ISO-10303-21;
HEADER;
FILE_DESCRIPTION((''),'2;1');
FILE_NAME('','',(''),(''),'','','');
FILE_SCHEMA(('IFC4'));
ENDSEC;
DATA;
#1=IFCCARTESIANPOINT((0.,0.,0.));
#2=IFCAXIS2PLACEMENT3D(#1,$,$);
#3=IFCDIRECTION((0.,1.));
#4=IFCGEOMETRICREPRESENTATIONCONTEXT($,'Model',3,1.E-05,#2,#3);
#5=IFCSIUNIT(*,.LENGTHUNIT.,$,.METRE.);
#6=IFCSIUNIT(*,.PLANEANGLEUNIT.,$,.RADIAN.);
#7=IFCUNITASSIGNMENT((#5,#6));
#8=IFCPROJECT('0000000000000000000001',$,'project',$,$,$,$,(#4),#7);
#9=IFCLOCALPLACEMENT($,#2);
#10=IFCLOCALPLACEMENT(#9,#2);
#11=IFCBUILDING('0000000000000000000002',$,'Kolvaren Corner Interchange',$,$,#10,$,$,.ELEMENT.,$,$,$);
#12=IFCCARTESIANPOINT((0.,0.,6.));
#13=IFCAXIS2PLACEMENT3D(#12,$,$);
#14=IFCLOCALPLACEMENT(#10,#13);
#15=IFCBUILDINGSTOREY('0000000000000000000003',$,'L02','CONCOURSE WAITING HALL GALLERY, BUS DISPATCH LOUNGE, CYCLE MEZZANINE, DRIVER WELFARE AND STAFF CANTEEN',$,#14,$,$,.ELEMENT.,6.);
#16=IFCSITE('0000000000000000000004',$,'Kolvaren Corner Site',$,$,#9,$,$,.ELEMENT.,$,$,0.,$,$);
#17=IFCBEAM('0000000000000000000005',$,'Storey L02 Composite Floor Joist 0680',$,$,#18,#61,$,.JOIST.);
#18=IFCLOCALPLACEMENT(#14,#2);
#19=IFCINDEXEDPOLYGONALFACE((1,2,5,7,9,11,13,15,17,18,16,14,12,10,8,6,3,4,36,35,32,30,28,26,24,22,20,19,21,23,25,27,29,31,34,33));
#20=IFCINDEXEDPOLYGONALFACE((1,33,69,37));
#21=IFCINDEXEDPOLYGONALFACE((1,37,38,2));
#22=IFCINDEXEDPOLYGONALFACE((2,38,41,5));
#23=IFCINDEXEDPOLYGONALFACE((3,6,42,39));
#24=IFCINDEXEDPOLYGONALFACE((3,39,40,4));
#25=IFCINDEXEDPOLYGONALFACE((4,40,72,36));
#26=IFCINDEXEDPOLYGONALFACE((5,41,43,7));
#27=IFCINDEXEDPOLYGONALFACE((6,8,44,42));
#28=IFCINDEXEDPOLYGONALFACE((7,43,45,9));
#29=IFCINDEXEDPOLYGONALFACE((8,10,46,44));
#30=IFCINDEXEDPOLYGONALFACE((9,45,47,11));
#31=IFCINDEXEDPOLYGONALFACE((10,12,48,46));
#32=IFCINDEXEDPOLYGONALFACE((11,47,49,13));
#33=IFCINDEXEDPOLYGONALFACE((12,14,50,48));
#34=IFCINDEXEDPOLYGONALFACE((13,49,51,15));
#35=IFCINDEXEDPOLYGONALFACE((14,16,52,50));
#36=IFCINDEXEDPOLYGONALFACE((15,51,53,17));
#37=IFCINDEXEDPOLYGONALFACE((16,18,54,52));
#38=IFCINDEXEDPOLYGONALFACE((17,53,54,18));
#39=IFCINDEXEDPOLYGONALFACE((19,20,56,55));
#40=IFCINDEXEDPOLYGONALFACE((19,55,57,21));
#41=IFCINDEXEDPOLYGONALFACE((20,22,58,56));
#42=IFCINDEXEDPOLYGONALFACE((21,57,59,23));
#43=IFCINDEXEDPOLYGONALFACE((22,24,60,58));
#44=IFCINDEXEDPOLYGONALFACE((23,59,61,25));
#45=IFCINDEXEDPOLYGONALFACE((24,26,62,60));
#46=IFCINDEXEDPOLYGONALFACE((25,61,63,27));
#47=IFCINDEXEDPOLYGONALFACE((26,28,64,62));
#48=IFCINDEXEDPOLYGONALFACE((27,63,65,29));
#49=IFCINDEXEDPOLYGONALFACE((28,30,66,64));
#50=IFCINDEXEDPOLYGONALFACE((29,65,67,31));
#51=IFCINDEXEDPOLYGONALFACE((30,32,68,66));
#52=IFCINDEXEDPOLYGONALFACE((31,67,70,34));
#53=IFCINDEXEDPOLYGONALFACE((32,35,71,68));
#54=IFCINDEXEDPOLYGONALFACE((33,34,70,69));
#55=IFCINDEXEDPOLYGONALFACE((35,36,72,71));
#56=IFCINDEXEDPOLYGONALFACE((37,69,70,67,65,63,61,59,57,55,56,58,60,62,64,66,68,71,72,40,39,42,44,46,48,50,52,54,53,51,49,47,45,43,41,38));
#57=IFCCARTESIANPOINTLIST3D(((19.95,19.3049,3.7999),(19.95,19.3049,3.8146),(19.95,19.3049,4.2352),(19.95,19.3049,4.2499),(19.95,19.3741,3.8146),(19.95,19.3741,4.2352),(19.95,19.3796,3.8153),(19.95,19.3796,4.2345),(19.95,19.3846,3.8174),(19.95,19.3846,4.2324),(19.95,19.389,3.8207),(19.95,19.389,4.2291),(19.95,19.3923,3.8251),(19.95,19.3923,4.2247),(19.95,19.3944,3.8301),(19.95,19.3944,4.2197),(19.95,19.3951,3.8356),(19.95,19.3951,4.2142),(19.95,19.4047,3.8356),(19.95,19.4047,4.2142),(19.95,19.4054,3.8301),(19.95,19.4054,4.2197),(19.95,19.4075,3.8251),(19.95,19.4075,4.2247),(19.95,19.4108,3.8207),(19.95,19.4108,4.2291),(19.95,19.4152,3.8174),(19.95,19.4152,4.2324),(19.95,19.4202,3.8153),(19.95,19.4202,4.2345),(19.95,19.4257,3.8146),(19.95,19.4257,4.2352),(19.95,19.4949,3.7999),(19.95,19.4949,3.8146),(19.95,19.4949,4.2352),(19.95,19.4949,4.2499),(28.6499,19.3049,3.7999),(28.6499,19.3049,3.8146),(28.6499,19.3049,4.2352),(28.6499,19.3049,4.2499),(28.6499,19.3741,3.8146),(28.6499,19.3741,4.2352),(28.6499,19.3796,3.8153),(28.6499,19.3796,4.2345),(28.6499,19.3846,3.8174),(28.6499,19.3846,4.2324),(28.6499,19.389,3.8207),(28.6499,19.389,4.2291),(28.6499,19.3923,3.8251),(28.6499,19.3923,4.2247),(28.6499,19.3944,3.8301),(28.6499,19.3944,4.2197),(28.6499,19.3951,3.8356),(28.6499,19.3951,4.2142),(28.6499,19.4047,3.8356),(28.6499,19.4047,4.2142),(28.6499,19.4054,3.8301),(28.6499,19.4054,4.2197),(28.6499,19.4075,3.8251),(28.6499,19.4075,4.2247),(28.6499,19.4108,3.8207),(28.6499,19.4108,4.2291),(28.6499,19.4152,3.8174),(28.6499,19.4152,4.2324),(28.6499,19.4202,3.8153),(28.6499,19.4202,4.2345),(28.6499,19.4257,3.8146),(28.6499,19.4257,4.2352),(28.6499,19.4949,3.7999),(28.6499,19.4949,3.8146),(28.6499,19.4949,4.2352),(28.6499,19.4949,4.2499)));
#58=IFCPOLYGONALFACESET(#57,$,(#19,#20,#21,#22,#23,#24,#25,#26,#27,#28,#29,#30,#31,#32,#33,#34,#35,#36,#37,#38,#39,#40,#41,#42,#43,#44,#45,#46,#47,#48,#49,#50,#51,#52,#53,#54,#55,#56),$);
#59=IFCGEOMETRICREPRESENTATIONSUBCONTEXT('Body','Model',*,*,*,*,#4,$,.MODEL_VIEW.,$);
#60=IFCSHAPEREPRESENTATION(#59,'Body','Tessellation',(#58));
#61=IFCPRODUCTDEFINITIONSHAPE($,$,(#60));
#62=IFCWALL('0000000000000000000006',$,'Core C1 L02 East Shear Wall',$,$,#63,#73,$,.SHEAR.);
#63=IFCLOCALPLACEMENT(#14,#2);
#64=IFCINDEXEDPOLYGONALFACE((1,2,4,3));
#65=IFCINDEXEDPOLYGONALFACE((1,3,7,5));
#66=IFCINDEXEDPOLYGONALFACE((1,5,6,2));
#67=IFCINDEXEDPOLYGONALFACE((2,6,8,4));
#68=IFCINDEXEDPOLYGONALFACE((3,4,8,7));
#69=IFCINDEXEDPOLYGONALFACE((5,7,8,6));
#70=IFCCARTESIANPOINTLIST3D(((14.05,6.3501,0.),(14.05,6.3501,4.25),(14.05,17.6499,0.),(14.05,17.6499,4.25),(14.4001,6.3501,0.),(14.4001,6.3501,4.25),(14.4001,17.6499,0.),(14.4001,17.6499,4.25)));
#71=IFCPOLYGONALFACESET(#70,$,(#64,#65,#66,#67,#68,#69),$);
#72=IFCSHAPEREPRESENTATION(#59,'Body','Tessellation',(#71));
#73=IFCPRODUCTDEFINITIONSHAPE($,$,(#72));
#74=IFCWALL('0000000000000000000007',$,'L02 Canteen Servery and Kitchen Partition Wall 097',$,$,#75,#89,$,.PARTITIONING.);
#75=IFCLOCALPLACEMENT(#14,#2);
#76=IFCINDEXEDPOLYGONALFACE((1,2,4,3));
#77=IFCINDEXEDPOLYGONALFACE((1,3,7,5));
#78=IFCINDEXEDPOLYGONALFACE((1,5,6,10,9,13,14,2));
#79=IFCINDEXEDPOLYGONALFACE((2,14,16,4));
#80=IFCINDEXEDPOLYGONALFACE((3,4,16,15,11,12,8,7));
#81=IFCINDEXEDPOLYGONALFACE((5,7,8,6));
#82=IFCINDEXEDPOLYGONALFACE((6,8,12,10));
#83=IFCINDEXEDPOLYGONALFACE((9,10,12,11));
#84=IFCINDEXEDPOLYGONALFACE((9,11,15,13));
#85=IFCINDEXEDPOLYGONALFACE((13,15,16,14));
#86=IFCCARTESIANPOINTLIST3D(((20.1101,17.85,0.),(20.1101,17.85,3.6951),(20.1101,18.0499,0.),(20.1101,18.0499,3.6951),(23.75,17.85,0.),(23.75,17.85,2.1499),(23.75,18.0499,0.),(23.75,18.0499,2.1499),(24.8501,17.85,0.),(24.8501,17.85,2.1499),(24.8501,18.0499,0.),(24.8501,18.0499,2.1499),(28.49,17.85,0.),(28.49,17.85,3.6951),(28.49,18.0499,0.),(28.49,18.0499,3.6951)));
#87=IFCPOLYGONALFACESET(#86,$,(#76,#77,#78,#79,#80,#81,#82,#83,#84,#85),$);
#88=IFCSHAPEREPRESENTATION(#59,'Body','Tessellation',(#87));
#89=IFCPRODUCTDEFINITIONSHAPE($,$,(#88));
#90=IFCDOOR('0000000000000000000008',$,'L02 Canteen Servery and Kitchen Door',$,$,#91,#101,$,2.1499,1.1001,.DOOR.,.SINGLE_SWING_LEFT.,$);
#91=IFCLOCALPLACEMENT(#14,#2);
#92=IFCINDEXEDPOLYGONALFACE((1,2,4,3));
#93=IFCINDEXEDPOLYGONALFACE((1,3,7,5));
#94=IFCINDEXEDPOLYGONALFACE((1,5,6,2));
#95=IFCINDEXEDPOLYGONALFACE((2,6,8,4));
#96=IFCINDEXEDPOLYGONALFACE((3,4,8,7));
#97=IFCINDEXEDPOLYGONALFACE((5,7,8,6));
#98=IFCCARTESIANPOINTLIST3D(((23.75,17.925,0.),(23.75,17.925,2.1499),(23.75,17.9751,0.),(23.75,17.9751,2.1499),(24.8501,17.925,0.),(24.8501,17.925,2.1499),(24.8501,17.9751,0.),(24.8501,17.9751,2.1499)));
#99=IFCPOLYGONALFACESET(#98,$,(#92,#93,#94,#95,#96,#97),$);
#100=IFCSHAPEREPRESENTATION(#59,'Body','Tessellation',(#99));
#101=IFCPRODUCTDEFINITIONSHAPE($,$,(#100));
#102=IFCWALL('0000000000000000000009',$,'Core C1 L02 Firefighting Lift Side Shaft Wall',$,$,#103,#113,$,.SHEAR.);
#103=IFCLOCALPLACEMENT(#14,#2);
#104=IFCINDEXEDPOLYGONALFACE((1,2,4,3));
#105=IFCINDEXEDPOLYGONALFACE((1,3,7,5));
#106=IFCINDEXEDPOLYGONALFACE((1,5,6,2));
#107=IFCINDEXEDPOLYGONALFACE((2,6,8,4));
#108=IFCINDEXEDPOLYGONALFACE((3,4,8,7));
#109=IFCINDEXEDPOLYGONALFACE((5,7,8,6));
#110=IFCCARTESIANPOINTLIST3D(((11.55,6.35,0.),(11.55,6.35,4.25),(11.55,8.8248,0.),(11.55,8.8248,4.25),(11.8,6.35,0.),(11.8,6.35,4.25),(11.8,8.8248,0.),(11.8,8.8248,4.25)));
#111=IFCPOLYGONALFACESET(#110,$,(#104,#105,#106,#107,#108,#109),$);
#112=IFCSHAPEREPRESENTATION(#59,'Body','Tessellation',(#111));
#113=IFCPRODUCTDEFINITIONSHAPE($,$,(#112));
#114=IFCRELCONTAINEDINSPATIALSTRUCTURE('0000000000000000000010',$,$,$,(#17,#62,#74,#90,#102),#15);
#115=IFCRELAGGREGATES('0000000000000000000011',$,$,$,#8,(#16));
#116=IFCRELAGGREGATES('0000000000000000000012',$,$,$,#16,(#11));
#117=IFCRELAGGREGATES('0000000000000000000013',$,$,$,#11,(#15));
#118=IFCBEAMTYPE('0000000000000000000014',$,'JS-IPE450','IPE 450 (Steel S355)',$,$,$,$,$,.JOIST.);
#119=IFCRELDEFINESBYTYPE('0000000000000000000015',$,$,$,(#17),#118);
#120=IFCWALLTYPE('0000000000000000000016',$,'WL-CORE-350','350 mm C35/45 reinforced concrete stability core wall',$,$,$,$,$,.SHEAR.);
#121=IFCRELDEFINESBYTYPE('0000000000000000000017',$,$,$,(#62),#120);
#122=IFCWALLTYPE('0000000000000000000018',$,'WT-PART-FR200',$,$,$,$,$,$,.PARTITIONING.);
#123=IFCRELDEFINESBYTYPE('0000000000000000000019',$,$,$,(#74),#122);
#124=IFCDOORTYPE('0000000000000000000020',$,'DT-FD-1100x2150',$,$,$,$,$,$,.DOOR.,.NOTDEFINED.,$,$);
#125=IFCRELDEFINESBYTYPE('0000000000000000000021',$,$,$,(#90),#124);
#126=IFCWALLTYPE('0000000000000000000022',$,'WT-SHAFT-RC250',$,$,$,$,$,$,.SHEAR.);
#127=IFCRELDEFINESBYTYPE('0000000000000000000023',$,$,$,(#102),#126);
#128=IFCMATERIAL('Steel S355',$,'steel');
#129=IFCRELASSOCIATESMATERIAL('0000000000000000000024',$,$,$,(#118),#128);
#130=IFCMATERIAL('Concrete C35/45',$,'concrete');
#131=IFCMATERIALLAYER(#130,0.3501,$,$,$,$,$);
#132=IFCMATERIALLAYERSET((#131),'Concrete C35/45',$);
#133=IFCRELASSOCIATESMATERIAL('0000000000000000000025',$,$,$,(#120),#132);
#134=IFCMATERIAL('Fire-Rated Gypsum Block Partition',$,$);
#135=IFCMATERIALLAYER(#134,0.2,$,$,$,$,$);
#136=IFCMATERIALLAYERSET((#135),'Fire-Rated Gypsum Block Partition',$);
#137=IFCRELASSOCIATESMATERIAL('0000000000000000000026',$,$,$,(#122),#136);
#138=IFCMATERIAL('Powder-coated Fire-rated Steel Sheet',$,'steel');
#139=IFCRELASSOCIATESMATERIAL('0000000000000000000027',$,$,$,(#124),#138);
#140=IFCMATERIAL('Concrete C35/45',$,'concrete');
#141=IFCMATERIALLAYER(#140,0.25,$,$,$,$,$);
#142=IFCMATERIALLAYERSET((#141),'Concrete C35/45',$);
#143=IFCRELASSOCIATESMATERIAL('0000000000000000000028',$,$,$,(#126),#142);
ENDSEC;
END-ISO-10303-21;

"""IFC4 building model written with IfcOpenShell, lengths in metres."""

from ifc_helpers import new_model, si_unit, direction, frame, frame_2d, origin, origin_2d, place, context, subcontext, project, spatial, rectangle, i_section, extrude, material, layer, layer_set, material_profile, profile_set, type_object, element, fill, save


model = new_model("IFC4")

# Units and contexts
model_context = context("Model", 3, precision=1e-05, world=origin(), true_north=direction((0.0, 1.0)))
body_context = subcontext(model_context, "Body", "Model", "MODEL_VIEW")
ifc_project = project(units=[si_unit("LENGTHUNIT", "METRE"), si_unit("PLANEANGLEUNIT", "RADIAN")], contexts=[model_context])

# Site, building, storey
site_placement = place(None, origin())
site = spatial("IfcSite", under=ifc_project, at=site_placement, Name="Kolvaren Corner Site", CompositionType="ELEMENT", RefElevation=0.0)
building_placement = place(site_placement, origin())
building = spatial("IfcBuilding", under=site, at=building_placement, Name="Kolvaren Corner Interchange", CompositionType="ELEMENT")
storey_placement = place(building_placement, frame((0.0, 0.0, 6.0)))
storey = spatial("IfcBuildingStorey", under=building, at=storey_placement, Name="L02", Description="CONCOURSE WAITING HALL GALLERY, BUS DISPATCH LOUNGE, CYCLE MEZZANINE, DRIVER WELFARE AND STAFF CANTEEN", CompositionType="ELEMENT", Elevation=6.0)

# Beam
ifc_material_1 = material(Name="Steel S355", Category="steel")
ifc_material_profile_1 = material_profile(ifc_material_1, i_section(OverallWidth=0.1899, OverallDepth=0.45, WebThickness=0.0095, FlangeThickness=0.0146, FilletRadius=0.021, at=origin_2d()), Name="IPE 450")
ifc_profile_set_1 = profile_set([ifc_material_profile_1], Name="Steel S355")
beam_type_1 = type_object("IfcBeamType", Name="JS-IPE450", Description="IPE 450 (Steel S355)", PredefinedType="JOIST", material=ifc_profile_set_1)
for number, where, z_axis, x_axis, name in (
    (1, (19.95, 19.3999, 4.0249), (1.0, 0.0, 0.0), (0.0, 1.0, 0.0), "Storey L02 Composite Floor Joist 0680"),
):
    element("IfcBeam", number, at=place(storey_placement, frame(where, z_axis=z_axis, x_axis=x_axis)), inside=storey, type_object=beam_type_1, Name=name, PredefinedType="JOIST", context=body_context, shape_type="SweptSolid", body=[
        extrude(i_section(OverallWidth=0.1899, OverallDepth=0.45, WebThickness=0.0095, FlangeThickness=0.0146, FilletRadius=0.021, at=origin_2d()), origin(), (0.0, 0.0, 1.0), 8.7),
    ])

# Wall
ifc_material_2 = material(Name="Concrete C35/45", Category="concrete")
ifc_layer_1 = layer(ifc_material_2, 0.3501)
ifc_layer_set_1 = layer_set([ifc_layer_1], Name="Concrete C35/45")
wall_type_1 = type_object("IfcWallType", Name="WL-CORE-350", Description="350 mm C35/45 reinforced concrete stability core wall", PredefinedType="SHEAR", material=ifc_layer_set_1)
wall_1_placement = place(storey_placement, frame((14.2251, 6.3501, 0.0), z_axis=(0.0, 0.0, 1.0), x_axis=(0.0, 1.0, 0.0)))
element("IfcWall", 2, at=wall_1_placement, inside=storey, type_object=wall_type_1, Name="Core C1 L02 East Shear Wall", PredefinedType="SHEAR", context=body_context, shape_type="SweptSolid", body=[
    extrude(rectangle(XDim=11.2998, YDim=0.3501, at=frame_2d((5.6499, 0.0))), origin(), (0.0, 0.0, 1.0), 4.25),
])

# Wall, opening, door
ifc_material_3 = material(Name="Fire-Rated Gypsum Block Partition")
ifc_layer_2 = layer(ifc_material_3, 0.2)
ifc_layer_set_2 = layer_set([ifc_layer_2], Name="Fire-Rated Gypsum Block Partition")
wall_type_2 = type_object("IfcWallType", Name="WT-PART-FR200", PredefinedType="PARTITIONING", material=ifc_layer_set_2)
wall_2_placement = place(storey_placement, frame((28.49, 17.95, 0.0), z_axis=(0.0, 0.0, 1.0), x_axis=(-1.0, 0.0, 0.0)))
wall_2 = element("IfcWall", 3, at=wall_2_placement, inside=storey, type_object=wall_type_2, Name="L02 Canteen Servery and Kitchen Partition Wall 097", PredefinedType="PARTITIONING", context=body_context, shape_type="SweptSolid", body=[
    extrude(rectangle(XDim=8.3799, YDim=0.2, at=frame_2d((4.1899, 0.0))), origin(), (0.0, 0.0, 1.0), 3.6951),
])
opening_placement = place(wall_2_placement, frame((3.6399, 0.0, 0.0)))
opening = element("IfcOpeningElement", 4, at=opening_placement, cuts=wall_2, PredefinedType="OPENING", context=body_context, shape_type="SweptSolid", body=[
    extrude(rectangle(XDim=1.1001, YDim=2.1499, at=frame_2d((0.55, 1.075))), frame((0.0, 0.1099, 0.0), z_axis=(0.0, -1.0, 0.0), x_axis=(1.0, 0.0, 0.0)), (0.0, 0.0, 1.0), 0.22),
])
ifc_material_4 = material(Name="Powder-coated Fire-rated Steel Sheet", Category="steel")
door_type = type_object("IfcDoorType", Name="DT-FD-1100x2150", OperationType="NOTDEFINED", PredefinedType="DOOR", material=ifc_material_4)
door_placement = place(opening_placement, origin())
door = element("IfcDoor", 5, at=door_placement, inside=storey, type_object=door_type, Name="L02 Canteen Servery and Kitchen Door", OperationType="SINGLE_SWING_LEFT", OverallHeight=2.1499, OverallWidth=1.1001, PredefinedType="DOOR", context=body_context, shape_type="SweptSolid", body=[
    extrude(rectangle(XDim=1.1001, YDim=2.1499, at=frame_2d((0.55, 1.075))), frame((0.0, 0.0249, 0.0), z_axis=(0.0, -1.0, 0.0), x_axis=(1.0, 0.0, 0.0)), (0.0, 0.0, 1.0), 0.05),
])
fill(opening, door)

# Wall
ifc_material_5 = material(Name="Concrete C35/45", Category="concrete")
ifc_layer_3 = layer(ifc_material_5, 0.25)
ifc_layer_set_3 = layer_set([ifc_layer_3], Name="Concrete C35/45")
wall_type_3 = type_object("IfcWallType", Name="WT-SHAFT-RC250", PredefinedType="SHEAR", material=ifc_layer_set_3)
wall_3_placement = place(storey_placement, frame((11.675, 6.3501, 0.0), z_axis=(0.0, 0.0, 1.0), x_axis=(0.0, 1.0, 0.0)))
element("IfcWall", 6, at=wall_3_placement, inside=storey, type_object=wall_type_3, Name="Core C1 L02 Firefighting Lift Side Shaft Wall", PredefinedType="SHEAR", context=body_context, shape_type="SweptSolid", body=[
    extrude(rectangle(XDim=2.4749, YDim=0.25, at=frame_2d((1.2373, 0.0))), origin(), (0.0, 0.0, 1.0), 4.25),
])

save(model, "model.ifc")
